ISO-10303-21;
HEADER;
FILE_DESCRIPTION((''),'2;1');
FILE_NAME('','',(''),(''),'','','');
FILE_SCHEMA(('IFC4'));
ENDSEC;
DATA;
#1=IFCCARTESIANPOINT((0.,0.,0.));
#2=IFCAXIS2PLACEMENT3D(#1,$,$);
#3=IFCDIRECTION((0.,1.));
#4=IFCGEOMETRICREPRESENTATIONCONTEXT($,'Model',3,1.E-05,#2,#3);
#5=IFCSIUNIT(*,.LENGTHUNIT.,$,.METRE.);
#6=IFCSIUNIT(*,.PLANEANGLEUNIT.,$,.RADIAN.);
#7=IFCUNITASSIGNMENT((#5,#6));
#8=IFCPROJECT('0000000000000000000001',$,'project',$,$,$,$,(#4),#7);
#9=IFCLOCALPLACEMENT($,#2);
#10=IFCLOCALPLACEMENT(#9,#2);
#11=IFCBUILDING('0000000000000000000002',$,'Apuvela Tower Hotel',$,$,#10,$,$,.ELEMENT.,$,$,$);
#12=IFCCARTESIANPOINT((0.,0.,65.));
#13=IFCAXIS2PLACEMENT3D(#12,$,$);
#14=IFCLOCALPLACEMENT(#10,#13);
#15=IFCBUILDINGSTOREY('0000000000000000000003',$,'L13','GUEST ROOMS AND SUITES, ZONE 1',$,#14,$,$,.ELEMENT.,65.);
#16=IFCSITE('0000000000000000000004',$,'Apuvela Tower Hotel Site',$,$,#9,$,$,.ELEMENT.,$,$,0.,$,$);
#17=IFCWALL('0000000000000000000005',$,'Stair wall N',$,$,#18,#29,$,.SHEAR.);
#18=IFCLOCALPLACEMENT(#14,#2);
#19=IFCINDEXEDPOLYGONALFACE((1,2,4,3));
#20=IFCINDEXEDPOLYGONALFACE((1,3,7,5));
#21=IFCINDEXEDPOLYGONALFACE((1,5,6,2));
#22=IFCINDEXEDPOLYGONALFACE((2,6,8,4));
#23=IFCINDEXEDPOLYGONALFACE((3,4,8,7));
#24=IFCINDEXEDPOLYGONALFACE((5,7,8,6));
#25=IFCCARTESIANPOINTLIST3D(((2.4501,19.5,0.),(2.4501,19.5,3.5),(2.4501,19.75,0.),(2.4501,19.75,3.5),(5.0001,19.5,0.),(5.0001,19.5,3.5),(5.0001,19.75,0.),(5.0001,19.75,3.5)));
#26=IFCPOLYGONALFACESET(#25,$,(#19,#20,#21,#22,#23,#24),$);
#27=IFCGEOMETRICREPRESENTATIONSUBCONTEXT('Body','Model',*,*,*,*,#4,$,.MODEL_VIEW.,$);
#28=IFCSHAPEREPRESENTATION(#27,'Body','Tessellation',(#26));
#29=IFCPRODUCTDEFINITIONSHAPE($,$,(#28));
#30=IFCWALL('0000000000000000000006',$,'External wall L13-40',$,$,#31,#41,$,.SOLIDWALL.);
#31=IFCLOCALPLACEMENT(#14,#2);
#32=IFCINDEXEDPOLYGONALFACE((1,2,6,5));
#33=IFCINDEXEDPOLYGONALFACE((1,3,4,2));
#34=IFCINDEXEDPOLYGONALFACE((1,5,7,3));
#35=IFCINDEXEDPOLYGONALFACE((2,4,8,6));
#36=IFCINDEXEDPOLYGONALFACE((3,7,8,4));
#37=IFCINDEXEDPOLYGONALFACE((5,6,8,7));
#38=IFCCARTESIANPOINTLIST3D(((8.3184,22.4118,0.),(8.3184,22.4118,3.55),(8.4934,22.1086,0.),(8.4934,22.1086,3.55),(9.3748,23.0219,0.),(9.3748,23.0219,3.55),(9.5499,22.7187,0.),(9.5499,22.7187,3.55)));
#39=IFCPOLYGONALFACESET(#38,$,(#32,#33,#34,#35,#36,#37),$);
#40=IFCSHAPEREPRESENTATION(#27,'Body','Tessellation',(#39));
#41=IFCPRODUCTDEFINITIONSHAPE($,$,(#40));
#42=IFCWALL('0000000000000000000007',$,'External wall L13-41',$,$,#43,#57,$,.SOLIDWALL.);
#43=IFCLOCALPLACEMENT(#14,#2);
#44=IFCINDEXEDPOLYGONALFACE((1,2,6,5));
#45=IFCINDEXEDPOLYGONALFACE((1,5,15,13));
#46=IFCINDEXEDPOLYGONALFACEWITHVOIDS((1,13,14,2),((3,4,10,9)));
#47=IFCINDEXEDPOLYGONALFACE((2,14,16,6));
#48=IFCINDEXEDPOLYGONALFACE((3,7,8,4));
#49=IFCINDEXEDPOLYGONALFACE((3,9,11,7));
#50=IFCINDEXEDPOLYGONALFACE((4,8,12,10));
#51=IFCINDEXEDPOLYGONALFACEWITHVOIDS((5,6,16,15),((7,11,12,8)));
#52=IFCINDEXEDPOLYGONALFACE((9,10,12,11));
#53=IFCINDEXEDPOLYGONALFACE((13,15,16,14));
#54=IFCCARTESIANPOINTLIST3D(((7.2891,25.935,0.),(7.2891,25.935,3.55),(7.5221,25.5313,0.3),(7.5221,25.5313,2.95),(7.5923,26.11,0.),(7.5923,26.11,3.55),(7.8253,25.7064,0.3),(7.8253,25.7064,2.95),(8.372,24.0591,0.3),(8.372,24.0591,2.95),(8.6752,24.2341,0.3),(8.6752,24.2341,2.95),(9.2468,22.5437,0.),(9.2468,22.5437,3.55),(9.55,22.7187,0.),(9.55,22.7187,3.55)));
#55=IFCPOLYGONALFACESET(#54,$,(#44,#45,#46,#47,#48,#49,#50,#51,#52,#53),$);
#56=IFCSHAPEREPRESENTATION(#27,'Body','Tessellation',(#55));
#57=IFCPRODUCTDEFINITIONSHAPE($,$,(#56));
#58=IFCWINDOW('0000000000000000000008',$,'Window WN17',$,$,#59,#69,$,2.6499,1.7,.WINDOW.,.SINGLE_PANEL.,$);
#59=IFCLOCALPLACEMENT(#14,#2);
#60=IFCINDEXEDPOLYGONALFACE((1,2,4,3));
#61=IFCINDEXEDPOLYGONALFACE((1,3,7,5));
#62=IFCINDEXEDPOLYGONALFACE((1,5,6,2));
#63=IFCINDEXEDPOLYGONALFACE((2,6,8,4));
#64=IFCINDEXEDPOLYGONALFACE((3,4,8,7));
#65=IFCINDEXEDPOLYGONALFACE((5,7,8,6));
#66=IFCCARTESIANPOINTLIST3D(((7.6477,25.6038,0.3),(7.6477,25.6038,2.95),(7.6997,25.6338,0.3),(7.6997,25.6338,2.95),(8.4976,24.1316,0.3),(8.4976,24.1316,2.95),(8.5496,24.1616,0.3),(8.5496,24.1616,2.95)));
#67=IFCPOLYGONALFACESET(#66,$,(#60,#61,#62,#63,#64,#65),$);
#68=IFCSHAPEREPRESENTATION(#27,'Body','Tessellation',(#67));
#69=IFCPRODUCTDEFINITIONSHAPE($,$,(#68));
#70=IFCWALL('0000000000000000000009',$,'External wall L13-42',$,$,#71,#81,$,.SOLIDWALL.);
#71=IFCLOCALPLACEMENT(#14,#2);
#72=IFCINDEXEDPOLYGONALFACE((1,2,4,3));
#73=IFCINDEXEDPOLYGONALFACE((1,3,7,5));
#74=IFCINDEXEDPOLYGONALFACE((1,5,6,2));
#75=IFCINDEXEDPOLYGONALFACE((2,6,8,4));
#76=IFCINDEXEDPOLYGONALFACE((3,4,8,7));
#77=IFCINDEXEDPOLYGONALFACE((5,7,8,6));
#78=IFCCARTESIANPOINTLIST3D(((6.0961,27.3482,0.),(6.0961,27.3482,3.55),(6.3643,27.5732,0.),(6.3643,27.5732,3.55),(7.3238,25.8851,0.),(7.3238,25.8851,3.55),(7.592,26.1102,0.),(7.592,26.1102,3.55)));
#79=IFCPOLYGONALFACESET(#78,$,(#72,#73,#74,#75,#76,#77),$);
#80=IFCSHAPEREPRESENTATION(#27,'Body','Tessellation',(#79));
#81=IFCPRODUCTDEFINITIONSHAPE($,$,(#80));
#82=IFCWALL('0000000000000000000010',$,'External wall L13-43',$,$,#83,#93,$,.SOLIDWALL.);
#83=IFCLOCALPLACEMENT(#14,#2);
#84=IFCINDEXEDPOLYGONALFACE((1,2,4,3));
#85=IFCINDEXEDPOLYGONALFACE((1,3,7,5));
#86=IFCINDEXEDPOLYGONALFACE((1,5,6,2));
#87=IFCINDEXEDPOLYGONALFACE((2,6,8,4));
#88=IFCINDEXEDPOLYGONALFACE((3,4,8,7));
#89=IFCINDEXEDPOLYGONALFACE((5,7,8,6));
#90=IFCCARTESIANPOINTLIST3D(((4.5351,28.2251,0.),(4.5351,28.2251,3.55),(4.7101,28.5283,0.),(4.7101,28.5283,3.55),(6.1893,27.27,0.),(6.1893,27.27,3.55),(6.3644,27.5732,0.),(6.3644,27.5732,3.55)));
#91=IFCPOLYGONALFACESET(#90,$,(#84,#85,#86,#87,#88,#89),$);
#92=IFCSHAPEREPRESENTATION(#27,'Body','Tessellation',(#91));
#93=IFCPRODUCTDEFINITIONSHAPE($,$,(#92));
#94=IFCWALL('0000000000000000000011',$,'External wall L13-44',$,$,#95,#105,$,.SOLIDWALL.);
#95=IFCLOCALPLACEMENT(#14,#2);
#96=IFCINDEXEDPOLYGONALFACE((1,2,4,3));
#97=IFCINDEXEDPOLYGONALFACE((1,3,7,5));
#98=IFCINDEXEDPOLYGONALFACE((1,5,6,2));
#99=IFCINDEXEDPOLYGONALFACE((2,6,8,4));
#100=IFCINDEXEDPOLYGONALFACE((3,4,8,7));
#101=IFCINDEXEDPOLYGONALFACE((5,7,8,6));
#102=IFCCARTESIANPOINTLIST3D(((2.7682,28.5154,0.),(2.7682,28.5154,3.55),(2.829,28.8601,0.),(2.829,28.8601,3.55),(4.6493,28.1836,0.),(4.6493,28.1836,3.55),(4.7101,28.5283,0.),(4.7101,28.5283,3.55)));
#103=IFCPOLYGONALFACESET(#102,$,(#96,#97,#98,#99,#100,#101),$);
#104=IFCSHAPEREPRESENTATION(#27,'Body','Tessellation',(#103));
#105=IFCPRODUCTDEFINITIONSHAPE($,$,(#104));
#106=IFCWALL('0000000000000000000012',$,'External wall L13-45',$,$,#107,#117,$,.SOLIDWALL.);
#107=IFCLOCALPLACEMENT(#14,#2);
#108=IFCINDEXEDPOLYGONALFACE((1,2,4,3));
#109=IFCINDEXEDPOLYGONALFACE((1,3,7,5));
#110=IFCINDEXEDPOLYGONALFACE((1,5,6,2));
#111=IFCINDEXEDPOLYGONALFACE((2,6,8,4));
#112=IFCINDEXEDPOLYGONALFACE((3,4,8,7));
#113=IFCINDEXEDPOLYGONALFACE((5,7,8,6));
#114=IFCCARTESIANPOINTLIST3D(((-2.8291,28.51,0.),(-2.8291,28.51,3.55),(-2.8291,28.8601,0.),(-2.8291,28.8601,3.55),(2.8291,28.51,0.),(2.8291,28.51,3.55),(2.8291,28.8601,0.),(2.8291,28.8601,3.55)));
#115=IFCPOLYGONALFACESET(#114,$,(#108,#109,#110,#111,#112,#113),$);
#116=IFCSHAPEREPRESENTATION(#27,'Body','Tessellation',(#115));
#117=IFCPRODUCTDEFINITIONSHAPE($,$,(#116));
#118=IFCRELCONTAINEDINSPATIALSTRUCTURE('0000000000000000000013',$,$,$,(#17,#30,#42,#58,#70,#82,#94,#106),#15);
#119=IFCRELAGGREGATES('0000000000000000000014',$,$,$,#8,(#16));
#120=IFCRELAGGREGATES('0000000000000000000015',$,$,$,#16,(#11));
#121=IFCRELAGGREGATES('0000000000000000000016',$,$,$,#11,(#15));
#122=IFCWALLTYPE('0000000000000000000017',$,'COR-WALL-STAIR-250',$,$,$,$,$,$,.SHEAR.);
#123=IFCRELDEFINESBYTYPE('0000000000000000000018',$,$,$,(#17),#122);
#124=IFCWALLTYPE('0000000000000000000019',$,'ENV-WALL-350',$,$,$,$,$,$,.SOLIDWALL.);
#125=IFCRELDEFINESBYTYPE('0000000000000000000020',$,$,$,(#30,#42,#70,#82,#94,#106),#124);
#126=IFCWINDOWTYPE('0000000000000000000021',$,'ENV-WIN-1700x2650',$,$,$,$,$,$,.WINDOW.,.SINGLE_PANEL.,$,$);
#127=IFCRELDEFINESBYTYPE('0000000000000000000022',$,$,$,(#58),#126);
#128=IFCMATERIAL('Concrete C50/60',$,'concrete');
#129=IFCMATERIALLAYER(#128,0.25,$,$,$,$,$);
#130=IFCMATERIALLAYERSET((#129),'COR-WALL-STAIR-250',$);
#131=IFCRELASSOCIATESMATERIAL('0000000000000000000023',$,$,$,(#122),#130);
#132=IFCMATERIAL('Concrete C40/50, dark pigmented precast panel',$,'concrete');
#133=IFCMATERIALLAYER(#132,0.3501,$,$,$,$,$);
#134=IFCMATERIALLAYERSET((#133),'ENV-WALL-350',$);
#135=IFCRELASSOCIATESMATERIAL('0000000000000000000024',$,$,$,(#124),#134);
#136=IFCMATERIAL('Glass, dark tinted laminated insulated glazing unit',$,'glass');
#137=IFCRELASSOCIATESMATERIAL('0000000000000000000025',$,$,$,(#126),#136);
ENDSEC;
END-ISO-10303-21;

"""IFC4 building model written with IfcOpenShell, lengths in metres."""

from ifc_helpers import new_model, si_unit, direction, frame, frame_2d, origin, place, context, subcontext, project, spatial, rectangle, extrude, material, layer, layer_set, type_object, element, fill, save


model = new_model("IFC4")

# Units and contexts
model_context = context("Model", 3, precision=1e-05, world=origin(), true_north=direction((0.0, 1.0)))
body_context = subcontext(model_context, "Body", "Model", "MODEL_VIEW")
ifc_project = project(units=[si_unit("LENGTHUNIT", "METRE"), si_unit("PLANEANGLEUNIT", "RADIAN")], contexts=[model_context])

# Site, building, storey
site_placement = place(None, origin())
site = spatial("IfcSite", under=ifc_project, at=site_placement, Name="Apuvela Tower Hotel Site", CompositionType="ELEMENT", RefElevation=0.0)
building_placement = place(site_placement, origin())
building = spatial("IfcBuilding", under=site, at=building_placement, Name="Apuvela Tower Hotel", CompositionType="ELEMENT")
storey_placement = place(building_placement, frame((0.0, 0.0, 65.0)))
storey = spatial("IfcBuildingStorey", under=building, at=storey_placement, Name="L13", Description="GUEST ROOMS AND SUITES, ZONE 1", CompositionType="ELEMENT", Elevation=65.0)

# Walls
ifc_material_1 = material(Name="Concrete C50/60", Category="concrete")
ifc_layer_1 = layer(ifc_material_1, 0.25)
ifc_layer_set_1 = layer_set([ifc_layer_1], Name="COR-WALL-STAIR-250")
wall_type_1 = type_object("IfcWallType", Name="COR-WALL-STAIR-250", PredefinedType="SHEAR", material=ifc_layer_set_1)
wall_1_placement = place(storey_placement, frame((5.0, 19.625, 0.0), z_axis=(0.0, 0.0, 1.0), x_axis=(-1.0, 0.0, 0.0)))
element("IfcWall", 1, at=wall_1_placement, inside=storey, type_object=wall_type_1, Name="Stair wall N", PredefinedType="SHEAR", context=body_context, shape_type="SweptSolid", body=[
    extrude(rectangle(XDim=2.55, YDim=0.25, at=frame_2d((1.2749, 0.0))), origin(), (0.0, 0.0, 1.0), 3.5),
])
ifc_material_2 = material(Name="Concrete C40/50, dark pigmented precast panel", Category="concrete")
ifc_layer_2 = layer(ifc_material_2, 0.3501)
ifc_layer_set_2 = layer_set([ifc_layer_2], Name="ENV-WALL-350")
wall_type_2 = type_object("IfcWallType", Name="ENV-WALL-350", PredefinedType="SOLIDWALL", material=ifc_layer_set_2)
wall_2_placement = place(storey_placement, frame((8.406, 22.2603, 0.0), z_axis=(0.0, 0.0, 1.0), x_axis=(0.865956, 0.500121, 0.0)))
element("IfcWall", 2, at=wall_2_placement, inside=storey, type_object=wall_type_2, Name="External wall L13-40", PredefinedType="SOLIDWALL", context=body_context, shape_type="SweptSolid", body=[
    extrude(rectangle(XDim=1.22, YDim=0.3501, at=frame_2d((0.6099, 0.0))), origin(), (0.0, 0.0, 1.0), 3.55),
])

# Wall, opening, window
wall_3_placement = place(storey_placement, frame((9.3984, 22.6311, 0.0), z_axis=(0.0, 0.0, 1.0), x_axis=(-0.499955, 0.866052, 0.0)))
wall_3 = element("IfcWall", 3, at=wall_3_placement, inside=storey, type_object=wall_type_2, Name="External wall L13-41", PredefinedType="SOLIDWALL", context=body_context, shape_type="SweptSolid", body=[
    extrude(rectangle(XDim=3.9158, YDim=0.3501, at=frame_2d((1.958, 0.0))), origin(), (0.0, 0.0, 1.0), 3.55),
])
opening_placement = place(wall_3_placement, frame((1.7498, 0.0, 0.3)))
opening = element("IfcOpeningElement", 4, at=opening_placement, cuts=wall_3, PredefinedType="OPENING", context=body_context, shape_type="SweptSolid", body=[
    extrude(rectangle(XDim=1.7, YDim=2.6499, at=frame_2d((0.8501, 1.325))), frame((0.0, 0.1851, 0.0), z_axis=(0.0, -1.0, 0.0), x_axis=(1.0, 0.0, 0.0)), (0.0, 0.0, 1.0), 0.3701),
])
ifc_material_3 = material(Name="Glass, dark tinted laminated insulated glazing unit", Category="glass")
window_type = type_object("IfcWindowType", Name="ENV-WIN-1700x2650", PartitioningType="SINGLE_PANEL", PredefinedType="WINDOW", material=ifc_material_3)
window_placement = place(opening_placement, origin())
window = element("IfcWindow", 5, at=window_placement, inside=storey, type_object=window_type, Name="Window WN17", OverallHeight=2.6499, OverallWidth=1.7, PartitioningType="SINGLE_PANEL", PredefinedType="WINDOW", context=body_context, shape_type="SweptSolid", body=[
    extrude(rectangle(XDim=1.7, YDim=2.6499, at=frame_2d((0.8501, 1.325))), frame((0.0, 0.03, 0.0), z_axis=(0.0, -1.0, 0.0), x_axis=(1.0, 0.0, 0.0)), (0.0, 0.0, 1.0), 0.0601),
])
fill(opening, window)

# Walls
wall_4_placement = place(storey_placement, frame((7.458, 25.9976, 0.0), z_axis=(0.0, 0.0, 1.0), x_axis=(-0.642808, 0.766027, 0.0)))
element("IfcWall", 6, at=wall_4_placement, inside=storey, type_object=wall_type_2, Name="External wall L13-42", PredefinedType="SOLIDWALL", context=body_context, shape_type="SweptSolid", body=[
    extrude(rectangle(XDim=1.9099, YDim=0.3501, at=frame_2d((0.9551, 0.0))), origin(), (0.0, 0.0, 1.0), 3.55),
])
for number, where, z_axis, x_axis, name in (
    (7, (6.2769, 27.4216, 0.0), (0.0, 0.0, 1.0), (-0.866032, 0.499988, 0.0), "External wall L13-43"),
    (8, (4.6797, 28.356, 0.0), (0.0, 0.0, 1.0), (-0.984799, 0.173698, 0.0), "External wall L13-44"),
):
    element("IfcWall", number, at=place(storey_placement, frame(where, z_axis=z_axis, x_axis=x_axis)), inside=storey, type_object=wall_type_2, Name=name, PredefinedType="SOLIDWALL", context=body_context, shape_type="SweptSolid", body=[
        extrude(rectangle(XDim=1.9102, YDim=0.3501, at=frame_2d((0.9551, 0.0))), origin(), (0.0, 0.0, 1.0), 3.55),
    ])
wall_5_placement = place(storey_placement, frame((2.8291, 28.6851, 0.0), z_axis=(0.0, 0.0, 1.0), x_axis=(-1.0, 0.0, 0.0)))
element("IfcWall", 9, at=wall_5_placement, inside=storey, type_object=wall_type_2, Name="External wall L13-45", PredefinedType="SOLIDWALL", context=body_context, shape_type="SweptSolid", body=[
    extrude(rectangle(XDim=5.6582, YDim=0.3501, at=frame_2d((2.8291, 0.0))), origin(), (0.0, 0.0, 1.0), 3.55),
])

save(model, "model.ifc")
